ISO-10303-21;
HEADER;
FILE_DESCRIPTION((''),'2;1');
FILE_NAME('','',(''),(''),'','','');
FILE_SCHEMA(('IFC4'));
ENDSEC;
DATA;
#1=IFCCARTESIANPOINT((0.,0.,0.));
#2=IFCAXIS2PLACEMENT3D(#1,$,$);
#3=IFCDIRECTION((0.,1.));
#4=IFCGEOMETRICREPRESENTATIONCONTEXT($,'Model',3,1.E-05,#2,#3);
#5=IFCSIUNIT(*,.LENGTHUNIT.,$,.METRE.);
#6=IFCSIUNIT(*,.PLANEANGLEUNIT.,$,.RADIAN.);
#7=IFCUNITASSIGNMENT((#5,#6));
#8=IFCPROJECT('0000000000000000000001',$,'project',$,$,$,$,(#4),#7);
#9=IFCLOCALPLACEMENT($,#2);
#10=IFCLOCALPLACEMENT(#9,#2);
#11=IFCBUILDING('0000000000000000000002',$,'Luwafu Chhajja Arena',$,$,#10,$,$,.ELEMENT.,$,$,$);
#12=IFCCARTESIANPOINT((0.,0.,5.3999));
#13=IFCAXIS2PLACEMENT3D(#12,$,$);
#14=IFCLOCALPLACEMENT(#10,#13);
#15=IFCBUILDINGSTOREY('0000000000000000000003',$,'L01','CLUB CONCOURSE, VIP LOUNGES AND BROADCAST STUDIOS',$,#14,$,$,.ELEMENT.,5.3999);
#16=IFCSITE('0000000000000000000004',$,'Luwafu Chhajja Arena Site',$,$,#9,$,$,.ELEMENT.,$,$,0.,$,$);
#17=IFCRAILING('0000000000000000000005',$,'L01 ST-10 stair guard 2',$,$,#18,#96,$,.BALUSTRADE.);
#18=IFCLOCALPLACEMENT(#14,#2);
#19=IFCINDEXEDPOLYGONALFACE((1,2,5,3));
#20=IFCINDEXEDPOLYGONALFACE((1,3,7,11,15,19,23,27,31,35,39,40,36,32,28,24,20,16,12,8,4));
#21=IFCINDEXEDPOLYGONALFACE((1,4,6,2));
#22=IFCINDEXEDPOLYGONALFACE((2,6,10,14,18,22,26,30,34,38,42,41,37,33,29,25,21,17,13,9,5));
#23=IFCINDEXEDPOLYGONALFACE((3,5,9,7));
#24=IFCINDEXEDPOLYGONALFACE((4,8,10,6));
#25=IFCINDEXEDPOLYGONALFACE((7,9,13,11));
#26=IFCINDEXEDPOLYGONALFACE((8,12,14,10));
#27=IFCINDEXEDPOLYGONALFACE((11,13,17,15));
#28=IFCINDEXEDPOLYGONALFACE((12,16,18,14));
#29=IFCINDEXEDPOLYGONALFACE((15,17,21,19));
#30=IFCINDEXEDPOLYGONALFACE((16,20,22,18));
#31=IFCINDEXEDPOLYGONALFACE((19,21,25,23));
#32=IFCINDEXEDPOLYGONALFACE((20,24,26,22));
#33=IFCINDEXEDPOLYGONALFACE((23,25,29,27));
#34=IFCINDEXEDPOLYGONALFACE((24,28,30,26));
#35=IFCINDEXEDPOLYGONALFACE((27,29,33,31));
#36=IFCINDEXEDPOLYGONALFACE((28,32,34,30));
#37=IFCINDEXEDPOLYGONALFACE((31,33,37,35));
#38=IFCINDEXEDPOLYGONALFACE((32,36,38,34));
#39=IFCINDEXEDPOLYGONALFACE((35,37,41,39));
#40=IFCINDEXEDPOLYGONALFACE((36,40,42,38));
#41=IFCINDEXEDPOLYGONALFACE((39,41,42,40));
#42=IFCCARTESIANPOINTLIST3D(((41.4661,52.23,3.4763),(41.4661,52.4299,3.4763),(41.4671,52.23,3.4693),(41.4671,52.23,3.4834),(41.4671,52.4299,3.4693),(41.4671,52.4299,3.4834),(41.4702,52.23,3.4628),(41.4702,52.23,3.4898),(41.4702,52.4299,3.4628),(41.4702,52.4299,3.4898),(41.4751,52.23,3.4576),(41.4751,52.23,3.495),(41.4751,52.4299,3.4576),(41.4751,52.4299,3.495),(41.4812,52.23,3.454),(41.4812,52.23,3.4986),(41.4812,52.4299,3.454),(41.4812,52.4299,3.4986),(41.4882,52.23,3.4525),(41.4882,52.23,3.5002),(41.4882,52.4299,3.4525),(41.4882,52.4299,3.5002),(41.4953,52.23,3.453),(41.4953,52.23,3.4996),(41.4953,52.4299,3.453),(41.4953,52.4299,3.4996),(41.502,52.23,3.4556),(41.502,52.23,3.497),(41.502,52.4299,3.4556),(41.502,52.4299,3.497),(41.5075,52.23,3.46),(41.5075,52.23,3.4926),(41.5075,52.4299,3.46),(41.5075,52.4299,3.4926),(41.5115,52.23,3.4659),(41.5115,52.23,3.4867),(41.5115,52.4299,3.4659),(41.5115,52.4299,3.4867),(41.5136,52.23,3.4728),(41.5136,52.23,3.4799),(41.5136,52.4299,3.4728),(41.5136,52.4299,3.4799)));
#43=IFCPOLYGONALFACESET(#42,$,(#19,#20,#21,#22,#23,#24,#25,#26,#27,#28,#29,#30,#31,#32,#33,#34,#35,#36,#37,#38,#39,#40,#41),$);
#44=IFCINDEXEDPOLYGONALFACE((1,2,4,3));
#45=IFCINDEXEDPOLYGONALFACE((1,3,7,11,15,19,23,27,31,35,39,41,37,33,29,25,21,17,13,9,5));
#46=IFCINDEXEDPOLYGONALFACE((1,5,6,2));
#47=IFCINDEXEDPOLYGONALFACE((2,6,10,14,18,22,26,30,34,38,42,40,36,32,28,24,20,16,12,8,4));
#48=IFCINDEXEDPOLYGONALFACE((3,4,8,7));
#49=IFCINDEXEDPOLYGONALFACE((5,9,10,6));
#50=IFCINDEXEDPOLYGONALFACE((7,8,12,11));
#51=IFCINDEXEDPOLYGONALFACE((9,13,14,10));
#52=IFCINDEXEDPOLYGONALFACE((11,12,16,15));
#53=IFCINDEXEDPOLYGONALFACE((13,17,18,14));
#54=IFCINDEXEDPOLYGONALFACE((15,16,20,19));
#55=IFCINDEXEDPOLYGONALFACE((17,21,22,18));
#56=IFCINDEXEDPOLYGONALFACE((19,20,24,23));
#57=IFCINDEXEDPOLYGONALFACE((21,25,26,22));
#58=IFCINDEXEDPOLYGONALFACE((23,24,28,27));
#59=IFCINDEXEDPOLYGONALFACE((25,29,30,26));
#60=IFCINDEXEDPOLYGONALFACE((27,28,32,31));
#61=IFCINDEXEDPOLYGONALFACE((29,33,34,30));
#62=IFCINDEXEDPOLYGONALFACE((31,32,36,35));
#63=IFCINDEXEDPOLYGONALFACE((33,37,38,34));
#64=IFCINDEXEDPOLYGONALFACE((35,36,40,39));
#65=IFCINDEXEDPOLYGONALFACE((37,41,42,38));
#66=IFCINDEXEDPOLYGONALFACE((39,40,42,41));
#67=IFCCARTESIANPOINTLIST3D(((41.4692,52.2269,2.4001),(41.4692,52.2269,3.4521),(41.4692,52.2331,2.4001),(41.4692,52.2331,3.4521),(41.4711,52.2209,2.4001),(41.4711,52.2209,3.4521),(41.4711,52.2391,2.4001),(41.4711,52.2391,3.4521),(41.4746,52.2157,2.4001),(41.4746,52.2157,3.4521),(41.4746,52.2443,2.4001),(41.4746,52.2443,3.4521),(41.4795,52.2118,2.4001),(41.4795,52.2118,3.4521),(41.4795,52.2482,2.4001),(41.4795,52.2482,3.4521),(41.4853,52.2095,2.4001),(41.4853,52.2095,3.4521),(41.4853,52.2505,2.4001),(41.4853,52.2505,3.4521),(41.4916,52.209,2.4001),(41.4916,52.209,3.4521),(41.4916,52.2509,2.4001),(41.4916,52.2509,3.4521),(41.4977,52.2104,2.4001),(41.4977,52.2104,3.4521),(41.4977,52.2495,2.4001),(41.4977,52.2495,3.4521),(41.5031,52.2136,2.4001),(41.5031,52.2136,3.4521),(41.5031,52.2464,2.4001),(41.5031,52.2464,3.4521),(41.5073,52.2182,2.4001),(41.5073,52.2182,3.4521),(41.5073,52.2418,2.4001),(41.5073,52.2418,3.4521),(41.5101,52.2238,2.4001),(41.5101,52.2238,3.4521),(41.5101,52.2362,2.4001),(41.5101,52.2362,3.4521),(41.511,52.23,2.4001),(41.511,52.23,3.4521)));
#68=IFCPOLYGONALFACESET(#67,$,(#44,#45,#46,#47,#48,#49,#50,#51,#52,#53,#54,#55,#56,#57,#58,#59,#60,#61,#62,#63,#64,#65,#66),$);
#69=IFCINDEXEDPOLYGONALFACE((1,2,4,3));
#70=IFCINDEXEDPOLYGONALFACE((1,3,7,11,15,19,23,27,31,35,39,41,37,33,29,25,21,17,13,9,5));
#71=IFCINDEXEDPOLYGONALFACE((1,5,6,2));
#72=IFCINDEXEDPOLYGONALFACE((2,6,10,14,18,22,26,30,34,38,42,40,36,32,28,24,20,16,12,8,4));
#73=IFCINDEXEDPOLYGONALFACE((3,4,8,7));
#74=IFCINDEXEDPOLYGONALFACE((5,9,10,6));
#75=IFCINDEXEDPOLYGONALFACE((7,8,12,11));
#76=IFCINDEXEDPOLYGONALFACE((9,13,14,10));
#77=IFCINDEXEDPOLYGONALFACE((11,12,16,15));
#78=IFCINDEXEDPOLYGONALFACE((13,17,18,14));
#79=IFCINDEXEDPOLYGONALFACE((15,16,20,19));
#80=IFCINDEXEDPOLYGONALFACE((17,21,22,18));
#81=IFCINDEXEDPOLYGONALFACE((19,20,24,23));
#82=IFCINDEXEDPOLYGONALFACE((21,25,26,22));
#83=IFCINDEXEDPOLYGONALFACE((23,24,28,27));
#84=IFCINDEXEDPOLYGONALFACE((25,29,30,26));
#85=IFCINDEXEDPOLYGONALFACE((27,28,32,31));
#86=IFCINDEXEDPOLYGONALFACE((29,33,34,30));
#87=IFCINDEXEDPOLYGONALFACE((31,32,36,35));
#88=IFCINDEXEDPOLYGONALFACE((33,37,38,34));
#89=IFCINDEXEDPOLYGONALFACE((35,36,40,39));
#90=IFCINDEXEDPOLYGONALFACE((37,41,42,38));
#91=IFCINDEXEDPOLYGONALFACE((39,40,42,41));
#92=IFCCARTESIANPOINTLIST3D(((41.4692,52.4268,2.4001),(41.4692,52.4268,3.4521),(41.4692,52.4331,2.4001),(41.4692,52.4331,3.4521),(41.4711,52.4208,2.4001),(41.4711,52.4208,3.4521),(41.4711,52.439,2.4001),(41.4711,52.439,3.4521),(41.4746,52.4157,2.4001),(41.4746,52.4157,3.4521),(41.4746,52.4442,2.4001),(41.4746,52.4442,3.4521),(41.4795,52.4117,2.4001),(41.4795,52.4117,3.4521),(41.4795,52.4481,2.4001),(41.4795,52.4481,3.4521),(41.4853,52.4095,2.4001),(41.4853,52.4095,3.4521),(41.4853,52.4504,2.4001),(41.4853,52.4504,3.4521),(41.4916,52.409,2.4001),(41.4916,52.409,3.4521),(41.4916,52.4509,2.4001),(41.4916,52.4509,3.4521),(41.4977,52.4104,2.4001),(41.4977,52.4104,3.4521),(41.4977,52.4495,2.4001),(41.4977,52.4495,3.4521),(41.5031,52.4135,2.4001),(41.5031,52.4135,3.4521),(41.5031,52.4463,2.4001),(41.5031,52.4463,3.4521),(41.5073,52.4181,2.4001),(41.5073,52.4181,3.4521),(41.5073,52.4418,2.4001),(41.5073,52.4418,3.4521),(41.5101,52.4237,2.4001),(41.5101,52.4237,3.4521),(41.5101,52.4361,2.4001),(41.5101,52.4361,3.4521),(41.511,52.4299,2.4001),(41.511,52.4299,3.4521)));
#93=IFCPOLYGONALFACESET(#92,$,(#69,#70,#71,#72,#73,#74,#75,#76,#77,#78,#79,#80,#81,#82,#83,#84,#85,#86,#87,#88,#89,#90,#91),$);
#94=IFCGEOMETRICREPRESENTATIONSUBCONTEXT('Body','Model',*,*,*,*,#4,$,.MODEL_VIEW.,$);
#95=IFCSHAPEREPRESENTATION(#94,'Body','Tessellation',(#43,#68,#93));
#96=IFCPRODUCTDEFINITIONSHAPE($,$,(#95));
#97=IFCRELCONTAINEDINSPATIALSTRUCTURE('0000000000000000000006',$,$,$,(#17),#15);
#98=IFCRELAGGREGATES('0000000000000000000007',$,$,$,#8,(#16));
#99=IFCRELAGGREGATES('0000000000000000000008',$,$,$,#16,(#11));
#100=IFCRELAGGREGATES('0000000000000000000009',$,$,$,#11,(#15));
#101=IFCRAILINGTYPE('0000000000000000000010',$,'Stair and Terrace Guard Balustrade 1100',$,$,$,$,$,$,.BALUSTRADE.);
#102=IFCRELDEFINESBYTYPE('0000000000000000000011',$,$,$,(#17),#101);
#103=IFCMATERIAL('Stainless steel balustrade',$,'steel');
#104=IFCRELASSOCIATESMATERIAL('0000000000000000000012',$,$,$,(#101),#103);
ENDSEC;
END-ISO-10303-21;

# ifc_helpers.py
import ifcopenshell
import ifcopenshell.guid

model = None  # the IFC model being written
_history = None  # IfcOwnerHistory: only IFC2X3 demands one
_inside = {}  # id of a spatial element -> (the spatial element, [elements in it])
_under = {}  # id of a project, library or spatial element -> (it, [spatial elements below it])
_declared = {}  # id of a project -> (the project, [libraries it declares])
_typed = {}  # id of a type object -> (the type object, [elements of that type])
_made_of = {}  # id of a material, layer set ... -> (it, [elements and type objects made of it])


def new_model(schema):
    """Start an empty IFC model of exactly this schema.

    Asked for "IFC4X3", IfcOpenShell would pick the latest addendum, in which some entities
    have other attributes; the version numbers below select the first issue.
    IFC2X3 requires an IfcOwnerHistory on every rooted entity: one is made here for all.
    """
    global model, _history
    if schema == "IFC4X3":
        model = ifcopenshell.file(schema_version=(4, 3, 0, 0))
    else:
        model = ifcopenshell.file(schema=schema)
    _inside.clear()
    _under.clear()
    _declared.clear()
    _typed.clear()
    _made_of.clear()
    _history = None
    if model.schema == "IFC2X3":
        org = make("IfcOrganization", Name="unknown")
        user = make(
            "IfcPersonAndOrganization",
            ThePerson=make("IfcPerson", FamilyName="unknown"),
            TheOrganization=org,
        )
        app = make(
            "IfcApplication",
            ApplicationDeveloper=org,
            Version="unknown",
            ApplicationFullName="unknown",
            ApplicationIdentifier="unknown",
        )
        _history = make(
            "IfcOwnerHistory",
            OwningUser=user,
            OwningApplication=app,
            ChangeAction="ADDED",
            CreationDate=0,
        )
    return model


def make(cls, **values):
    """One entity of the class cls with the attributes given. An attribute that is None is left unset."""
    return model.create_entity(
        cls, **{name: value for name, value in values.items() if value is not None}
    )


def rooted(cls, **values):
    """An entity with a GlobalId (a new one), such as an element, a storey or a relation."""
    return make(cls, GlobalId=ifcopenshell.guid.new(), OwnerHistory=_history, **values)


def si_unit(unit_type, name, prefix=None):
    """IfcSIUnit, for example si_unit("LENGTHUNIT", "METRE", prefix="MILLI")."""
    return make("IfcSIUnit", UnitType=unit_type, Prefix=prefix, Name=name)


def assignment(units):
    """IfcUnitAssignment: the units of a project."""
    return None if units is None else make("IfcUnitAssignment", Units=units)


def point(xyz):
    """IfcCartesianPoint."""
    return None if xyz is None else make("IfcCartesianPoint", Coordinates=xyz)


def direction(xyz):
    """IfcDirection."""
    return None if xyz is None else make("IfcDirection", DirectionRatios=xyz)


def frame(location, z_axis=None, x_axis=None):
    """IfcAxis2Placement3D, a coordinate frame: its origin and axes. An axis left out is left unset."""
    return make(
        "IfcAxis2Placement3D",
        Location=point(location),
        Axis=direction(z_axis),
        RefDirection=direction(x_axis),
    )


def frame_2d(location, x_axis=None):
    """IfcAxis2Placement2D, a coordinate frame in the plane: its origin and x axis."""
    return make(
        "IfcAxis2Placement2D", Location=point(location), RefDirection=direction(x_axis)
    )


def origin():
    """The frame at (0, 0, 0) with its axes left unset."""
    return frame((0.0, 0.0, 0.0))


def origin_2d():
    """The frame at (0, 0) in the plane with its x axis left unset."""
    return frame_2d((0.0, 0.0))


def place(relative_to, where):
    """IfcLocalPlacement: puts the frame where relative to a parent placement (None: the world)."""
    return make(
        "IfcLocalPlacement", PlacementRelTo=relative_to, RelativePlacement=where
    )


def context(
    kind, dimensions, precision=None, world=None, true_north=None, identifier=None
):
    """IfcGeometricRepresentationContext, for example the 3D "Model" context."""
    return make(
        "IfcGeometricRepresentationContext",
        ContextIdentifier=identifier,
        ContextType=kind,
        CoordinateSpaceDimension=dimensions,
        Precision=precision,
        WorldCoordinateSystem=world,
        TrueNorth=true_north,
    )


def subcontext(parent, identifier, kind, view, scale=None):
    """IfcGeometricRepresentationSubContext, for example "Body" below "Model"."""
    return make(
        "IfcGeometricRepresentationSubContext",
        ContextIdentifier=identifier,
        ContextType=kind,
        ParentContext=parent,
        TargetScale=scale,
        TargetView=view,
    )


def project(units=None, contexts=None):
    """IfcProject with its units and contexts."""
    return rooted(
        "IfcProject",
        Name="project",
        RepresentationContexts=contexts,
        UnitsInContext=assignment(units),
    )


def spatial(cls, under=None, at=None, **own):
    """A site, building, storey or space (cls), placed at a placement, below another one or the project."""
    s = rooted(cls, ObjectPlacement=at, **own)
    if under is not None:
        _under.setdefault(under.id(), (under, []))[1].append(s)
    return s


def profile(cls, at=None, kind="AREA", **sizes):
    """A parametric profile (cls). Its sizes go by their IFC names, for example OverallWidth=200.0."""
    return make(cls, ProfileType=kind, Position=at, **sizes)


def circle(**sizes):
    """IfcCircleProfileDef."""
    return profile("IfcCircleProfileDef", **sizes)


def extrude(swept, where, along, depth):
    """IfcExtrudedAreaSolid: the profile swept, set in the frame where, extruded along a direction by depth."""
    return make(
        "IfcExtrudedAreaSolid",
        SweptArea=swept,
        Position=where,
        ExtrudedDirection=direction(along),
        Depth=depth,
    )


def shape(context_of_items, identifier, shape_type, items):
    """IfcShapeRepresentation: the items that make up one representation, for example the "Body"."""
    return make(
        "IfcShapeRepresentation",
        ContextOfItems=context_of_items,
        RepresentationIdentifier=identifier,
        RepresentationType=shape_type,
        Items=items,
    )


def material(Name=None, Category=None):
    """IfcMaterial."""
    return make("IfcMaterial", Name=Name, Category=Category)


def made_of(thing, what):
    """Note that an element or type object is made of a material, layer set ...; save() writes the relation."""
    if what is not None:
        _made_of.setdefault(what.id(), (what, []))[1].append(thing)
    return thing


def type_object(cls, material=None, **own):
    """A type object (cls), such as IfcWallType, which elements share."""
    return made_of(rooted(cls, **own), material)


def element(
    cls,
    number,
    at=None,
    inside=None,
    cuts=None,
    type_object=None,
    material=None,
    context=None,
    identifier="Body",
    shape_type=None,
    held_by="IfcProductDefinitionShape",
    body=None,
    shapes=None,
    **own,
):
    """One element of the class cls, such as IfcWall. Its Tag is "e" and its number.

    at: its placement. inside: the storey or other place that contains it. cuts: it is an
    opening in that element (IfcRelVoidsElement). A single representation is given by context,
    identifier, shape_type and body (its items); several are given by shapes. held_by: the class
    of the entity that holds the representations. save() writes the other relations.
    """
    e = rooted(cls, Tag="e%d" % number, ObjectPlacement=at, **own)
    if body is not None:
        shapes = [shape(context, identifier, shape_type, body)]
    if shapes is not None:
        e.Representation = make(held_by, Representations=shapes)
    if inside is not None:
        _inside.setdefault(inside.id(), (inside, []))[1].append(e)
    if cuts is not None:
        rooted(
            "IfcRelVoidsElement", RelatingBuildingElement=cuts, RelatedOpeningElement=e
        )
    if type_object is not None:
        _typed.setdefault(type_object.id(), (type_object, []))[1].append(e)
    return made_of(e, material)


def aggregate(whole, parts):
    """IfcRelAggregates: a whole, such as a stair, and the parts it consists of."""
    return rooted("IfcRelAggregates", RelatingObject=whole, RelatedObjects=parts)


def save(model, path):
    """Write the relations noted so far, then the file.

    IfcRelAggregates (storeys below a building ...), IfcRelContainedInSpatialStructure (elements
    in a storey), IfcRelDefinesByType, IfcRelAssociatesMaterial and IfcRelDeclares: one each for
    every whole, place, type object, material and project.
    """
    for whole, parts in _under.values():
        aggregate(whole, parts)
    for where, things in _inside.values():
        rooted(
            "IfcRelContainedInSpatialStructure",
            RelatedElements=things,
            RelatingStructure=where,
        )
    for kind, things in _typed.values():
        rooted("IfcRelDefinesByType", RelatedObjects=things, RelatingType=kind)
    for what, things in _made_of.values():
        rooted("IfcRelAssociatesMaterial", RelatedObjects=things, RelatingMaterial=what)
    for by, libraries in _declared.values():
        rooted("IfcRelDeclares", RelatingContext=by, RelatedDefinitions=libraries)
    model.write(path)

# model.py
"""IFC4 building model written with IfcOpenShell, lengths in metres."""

from ifc_helpers import new_model, si_unit, direction, frame, origin, origin_2d, place, context, subcontext, project, spatial, circle, extrude, material, type_object, element, save


model = new_model("IFC4")

# Units and contexts
model_context = context("Model", 3, precision=1e-05, world=origin(), true_north=direction((0.0, 1.0)))
body_context = subcontext(model_context, "Body", "Model", "MODEL_VIEW")
ifc_project = project(units=[si_unit("LENGTHUNIT", "METRE"), si_unit("PLANEANGLEUNIT", "RADIAN")], contexts=[model_context])

# Site, building, storey
site_placement = place(None, origin())
site = spatial("IfcSite", under=ifc_project, at=site_placement, Name="Luwafu Chhajja Arena Site", CompositionType="ELEMENT", RefElevation=0.0)
building_placement = place(site_placement, origin())
building = spatial("IfcBuilding", under=site, at=building_placement, Name="Luwafu Chhajja Arena", CompositionType="ELEMENT")
storey_placement = place(building_placement, frame((0.0, 0.0, 5.3999)))
storey = spatial("IfcBuildingStorey", under=building, at=storey_placement, Name="L01", Description="CLUB CONCOURSE, VIP LOUNGES AND BROADCAST STUDIOS", CompositionType="ELEMENT", Elevation=5.3999)

# Railing
ifc_material_1 = material(Name="Stainless steel balustrade", Category="steel")
railing_type_1 = type_object("IfcRailingType", Name="Stair and Terrace Guard Balustrade 1100", PredefinedType="BALUSTRADE", material=ifc_material_1)
railing_1_placement = place(storey_placement, frame((41.49, 52.23, 2.4001)))
element("IfcRailing", 1, at=railing_1_placement, inside=storey, type_object=railing_type_1, Name="L01 ST-10 stair guard 2", PredefinedType="BALUSTRADE", context=body_context, shape_type="SweptSolid", body=[
    extrude(circle(Radius=0.0239, at=origin_2d()), frame((0.0, 0.0, 1.0762), z_axis=(0.0, 1.0, 0.0), x_axis=(-1.0, 0.0, 0.0)), (0.0, 0.0, 1.0), 0.2),
    extrude(circle(Radius=0.021, at=origin_2d()), origin(), (0.0, 0.0, 1.0), 1.052),
    extrude(circle(Radius=0.021, at=origin_2d()), frame((0.0, 0.2, 0.0)), (0.0, 0.0, 1.0), 1.052),
])

save(model, "model.ifc")
